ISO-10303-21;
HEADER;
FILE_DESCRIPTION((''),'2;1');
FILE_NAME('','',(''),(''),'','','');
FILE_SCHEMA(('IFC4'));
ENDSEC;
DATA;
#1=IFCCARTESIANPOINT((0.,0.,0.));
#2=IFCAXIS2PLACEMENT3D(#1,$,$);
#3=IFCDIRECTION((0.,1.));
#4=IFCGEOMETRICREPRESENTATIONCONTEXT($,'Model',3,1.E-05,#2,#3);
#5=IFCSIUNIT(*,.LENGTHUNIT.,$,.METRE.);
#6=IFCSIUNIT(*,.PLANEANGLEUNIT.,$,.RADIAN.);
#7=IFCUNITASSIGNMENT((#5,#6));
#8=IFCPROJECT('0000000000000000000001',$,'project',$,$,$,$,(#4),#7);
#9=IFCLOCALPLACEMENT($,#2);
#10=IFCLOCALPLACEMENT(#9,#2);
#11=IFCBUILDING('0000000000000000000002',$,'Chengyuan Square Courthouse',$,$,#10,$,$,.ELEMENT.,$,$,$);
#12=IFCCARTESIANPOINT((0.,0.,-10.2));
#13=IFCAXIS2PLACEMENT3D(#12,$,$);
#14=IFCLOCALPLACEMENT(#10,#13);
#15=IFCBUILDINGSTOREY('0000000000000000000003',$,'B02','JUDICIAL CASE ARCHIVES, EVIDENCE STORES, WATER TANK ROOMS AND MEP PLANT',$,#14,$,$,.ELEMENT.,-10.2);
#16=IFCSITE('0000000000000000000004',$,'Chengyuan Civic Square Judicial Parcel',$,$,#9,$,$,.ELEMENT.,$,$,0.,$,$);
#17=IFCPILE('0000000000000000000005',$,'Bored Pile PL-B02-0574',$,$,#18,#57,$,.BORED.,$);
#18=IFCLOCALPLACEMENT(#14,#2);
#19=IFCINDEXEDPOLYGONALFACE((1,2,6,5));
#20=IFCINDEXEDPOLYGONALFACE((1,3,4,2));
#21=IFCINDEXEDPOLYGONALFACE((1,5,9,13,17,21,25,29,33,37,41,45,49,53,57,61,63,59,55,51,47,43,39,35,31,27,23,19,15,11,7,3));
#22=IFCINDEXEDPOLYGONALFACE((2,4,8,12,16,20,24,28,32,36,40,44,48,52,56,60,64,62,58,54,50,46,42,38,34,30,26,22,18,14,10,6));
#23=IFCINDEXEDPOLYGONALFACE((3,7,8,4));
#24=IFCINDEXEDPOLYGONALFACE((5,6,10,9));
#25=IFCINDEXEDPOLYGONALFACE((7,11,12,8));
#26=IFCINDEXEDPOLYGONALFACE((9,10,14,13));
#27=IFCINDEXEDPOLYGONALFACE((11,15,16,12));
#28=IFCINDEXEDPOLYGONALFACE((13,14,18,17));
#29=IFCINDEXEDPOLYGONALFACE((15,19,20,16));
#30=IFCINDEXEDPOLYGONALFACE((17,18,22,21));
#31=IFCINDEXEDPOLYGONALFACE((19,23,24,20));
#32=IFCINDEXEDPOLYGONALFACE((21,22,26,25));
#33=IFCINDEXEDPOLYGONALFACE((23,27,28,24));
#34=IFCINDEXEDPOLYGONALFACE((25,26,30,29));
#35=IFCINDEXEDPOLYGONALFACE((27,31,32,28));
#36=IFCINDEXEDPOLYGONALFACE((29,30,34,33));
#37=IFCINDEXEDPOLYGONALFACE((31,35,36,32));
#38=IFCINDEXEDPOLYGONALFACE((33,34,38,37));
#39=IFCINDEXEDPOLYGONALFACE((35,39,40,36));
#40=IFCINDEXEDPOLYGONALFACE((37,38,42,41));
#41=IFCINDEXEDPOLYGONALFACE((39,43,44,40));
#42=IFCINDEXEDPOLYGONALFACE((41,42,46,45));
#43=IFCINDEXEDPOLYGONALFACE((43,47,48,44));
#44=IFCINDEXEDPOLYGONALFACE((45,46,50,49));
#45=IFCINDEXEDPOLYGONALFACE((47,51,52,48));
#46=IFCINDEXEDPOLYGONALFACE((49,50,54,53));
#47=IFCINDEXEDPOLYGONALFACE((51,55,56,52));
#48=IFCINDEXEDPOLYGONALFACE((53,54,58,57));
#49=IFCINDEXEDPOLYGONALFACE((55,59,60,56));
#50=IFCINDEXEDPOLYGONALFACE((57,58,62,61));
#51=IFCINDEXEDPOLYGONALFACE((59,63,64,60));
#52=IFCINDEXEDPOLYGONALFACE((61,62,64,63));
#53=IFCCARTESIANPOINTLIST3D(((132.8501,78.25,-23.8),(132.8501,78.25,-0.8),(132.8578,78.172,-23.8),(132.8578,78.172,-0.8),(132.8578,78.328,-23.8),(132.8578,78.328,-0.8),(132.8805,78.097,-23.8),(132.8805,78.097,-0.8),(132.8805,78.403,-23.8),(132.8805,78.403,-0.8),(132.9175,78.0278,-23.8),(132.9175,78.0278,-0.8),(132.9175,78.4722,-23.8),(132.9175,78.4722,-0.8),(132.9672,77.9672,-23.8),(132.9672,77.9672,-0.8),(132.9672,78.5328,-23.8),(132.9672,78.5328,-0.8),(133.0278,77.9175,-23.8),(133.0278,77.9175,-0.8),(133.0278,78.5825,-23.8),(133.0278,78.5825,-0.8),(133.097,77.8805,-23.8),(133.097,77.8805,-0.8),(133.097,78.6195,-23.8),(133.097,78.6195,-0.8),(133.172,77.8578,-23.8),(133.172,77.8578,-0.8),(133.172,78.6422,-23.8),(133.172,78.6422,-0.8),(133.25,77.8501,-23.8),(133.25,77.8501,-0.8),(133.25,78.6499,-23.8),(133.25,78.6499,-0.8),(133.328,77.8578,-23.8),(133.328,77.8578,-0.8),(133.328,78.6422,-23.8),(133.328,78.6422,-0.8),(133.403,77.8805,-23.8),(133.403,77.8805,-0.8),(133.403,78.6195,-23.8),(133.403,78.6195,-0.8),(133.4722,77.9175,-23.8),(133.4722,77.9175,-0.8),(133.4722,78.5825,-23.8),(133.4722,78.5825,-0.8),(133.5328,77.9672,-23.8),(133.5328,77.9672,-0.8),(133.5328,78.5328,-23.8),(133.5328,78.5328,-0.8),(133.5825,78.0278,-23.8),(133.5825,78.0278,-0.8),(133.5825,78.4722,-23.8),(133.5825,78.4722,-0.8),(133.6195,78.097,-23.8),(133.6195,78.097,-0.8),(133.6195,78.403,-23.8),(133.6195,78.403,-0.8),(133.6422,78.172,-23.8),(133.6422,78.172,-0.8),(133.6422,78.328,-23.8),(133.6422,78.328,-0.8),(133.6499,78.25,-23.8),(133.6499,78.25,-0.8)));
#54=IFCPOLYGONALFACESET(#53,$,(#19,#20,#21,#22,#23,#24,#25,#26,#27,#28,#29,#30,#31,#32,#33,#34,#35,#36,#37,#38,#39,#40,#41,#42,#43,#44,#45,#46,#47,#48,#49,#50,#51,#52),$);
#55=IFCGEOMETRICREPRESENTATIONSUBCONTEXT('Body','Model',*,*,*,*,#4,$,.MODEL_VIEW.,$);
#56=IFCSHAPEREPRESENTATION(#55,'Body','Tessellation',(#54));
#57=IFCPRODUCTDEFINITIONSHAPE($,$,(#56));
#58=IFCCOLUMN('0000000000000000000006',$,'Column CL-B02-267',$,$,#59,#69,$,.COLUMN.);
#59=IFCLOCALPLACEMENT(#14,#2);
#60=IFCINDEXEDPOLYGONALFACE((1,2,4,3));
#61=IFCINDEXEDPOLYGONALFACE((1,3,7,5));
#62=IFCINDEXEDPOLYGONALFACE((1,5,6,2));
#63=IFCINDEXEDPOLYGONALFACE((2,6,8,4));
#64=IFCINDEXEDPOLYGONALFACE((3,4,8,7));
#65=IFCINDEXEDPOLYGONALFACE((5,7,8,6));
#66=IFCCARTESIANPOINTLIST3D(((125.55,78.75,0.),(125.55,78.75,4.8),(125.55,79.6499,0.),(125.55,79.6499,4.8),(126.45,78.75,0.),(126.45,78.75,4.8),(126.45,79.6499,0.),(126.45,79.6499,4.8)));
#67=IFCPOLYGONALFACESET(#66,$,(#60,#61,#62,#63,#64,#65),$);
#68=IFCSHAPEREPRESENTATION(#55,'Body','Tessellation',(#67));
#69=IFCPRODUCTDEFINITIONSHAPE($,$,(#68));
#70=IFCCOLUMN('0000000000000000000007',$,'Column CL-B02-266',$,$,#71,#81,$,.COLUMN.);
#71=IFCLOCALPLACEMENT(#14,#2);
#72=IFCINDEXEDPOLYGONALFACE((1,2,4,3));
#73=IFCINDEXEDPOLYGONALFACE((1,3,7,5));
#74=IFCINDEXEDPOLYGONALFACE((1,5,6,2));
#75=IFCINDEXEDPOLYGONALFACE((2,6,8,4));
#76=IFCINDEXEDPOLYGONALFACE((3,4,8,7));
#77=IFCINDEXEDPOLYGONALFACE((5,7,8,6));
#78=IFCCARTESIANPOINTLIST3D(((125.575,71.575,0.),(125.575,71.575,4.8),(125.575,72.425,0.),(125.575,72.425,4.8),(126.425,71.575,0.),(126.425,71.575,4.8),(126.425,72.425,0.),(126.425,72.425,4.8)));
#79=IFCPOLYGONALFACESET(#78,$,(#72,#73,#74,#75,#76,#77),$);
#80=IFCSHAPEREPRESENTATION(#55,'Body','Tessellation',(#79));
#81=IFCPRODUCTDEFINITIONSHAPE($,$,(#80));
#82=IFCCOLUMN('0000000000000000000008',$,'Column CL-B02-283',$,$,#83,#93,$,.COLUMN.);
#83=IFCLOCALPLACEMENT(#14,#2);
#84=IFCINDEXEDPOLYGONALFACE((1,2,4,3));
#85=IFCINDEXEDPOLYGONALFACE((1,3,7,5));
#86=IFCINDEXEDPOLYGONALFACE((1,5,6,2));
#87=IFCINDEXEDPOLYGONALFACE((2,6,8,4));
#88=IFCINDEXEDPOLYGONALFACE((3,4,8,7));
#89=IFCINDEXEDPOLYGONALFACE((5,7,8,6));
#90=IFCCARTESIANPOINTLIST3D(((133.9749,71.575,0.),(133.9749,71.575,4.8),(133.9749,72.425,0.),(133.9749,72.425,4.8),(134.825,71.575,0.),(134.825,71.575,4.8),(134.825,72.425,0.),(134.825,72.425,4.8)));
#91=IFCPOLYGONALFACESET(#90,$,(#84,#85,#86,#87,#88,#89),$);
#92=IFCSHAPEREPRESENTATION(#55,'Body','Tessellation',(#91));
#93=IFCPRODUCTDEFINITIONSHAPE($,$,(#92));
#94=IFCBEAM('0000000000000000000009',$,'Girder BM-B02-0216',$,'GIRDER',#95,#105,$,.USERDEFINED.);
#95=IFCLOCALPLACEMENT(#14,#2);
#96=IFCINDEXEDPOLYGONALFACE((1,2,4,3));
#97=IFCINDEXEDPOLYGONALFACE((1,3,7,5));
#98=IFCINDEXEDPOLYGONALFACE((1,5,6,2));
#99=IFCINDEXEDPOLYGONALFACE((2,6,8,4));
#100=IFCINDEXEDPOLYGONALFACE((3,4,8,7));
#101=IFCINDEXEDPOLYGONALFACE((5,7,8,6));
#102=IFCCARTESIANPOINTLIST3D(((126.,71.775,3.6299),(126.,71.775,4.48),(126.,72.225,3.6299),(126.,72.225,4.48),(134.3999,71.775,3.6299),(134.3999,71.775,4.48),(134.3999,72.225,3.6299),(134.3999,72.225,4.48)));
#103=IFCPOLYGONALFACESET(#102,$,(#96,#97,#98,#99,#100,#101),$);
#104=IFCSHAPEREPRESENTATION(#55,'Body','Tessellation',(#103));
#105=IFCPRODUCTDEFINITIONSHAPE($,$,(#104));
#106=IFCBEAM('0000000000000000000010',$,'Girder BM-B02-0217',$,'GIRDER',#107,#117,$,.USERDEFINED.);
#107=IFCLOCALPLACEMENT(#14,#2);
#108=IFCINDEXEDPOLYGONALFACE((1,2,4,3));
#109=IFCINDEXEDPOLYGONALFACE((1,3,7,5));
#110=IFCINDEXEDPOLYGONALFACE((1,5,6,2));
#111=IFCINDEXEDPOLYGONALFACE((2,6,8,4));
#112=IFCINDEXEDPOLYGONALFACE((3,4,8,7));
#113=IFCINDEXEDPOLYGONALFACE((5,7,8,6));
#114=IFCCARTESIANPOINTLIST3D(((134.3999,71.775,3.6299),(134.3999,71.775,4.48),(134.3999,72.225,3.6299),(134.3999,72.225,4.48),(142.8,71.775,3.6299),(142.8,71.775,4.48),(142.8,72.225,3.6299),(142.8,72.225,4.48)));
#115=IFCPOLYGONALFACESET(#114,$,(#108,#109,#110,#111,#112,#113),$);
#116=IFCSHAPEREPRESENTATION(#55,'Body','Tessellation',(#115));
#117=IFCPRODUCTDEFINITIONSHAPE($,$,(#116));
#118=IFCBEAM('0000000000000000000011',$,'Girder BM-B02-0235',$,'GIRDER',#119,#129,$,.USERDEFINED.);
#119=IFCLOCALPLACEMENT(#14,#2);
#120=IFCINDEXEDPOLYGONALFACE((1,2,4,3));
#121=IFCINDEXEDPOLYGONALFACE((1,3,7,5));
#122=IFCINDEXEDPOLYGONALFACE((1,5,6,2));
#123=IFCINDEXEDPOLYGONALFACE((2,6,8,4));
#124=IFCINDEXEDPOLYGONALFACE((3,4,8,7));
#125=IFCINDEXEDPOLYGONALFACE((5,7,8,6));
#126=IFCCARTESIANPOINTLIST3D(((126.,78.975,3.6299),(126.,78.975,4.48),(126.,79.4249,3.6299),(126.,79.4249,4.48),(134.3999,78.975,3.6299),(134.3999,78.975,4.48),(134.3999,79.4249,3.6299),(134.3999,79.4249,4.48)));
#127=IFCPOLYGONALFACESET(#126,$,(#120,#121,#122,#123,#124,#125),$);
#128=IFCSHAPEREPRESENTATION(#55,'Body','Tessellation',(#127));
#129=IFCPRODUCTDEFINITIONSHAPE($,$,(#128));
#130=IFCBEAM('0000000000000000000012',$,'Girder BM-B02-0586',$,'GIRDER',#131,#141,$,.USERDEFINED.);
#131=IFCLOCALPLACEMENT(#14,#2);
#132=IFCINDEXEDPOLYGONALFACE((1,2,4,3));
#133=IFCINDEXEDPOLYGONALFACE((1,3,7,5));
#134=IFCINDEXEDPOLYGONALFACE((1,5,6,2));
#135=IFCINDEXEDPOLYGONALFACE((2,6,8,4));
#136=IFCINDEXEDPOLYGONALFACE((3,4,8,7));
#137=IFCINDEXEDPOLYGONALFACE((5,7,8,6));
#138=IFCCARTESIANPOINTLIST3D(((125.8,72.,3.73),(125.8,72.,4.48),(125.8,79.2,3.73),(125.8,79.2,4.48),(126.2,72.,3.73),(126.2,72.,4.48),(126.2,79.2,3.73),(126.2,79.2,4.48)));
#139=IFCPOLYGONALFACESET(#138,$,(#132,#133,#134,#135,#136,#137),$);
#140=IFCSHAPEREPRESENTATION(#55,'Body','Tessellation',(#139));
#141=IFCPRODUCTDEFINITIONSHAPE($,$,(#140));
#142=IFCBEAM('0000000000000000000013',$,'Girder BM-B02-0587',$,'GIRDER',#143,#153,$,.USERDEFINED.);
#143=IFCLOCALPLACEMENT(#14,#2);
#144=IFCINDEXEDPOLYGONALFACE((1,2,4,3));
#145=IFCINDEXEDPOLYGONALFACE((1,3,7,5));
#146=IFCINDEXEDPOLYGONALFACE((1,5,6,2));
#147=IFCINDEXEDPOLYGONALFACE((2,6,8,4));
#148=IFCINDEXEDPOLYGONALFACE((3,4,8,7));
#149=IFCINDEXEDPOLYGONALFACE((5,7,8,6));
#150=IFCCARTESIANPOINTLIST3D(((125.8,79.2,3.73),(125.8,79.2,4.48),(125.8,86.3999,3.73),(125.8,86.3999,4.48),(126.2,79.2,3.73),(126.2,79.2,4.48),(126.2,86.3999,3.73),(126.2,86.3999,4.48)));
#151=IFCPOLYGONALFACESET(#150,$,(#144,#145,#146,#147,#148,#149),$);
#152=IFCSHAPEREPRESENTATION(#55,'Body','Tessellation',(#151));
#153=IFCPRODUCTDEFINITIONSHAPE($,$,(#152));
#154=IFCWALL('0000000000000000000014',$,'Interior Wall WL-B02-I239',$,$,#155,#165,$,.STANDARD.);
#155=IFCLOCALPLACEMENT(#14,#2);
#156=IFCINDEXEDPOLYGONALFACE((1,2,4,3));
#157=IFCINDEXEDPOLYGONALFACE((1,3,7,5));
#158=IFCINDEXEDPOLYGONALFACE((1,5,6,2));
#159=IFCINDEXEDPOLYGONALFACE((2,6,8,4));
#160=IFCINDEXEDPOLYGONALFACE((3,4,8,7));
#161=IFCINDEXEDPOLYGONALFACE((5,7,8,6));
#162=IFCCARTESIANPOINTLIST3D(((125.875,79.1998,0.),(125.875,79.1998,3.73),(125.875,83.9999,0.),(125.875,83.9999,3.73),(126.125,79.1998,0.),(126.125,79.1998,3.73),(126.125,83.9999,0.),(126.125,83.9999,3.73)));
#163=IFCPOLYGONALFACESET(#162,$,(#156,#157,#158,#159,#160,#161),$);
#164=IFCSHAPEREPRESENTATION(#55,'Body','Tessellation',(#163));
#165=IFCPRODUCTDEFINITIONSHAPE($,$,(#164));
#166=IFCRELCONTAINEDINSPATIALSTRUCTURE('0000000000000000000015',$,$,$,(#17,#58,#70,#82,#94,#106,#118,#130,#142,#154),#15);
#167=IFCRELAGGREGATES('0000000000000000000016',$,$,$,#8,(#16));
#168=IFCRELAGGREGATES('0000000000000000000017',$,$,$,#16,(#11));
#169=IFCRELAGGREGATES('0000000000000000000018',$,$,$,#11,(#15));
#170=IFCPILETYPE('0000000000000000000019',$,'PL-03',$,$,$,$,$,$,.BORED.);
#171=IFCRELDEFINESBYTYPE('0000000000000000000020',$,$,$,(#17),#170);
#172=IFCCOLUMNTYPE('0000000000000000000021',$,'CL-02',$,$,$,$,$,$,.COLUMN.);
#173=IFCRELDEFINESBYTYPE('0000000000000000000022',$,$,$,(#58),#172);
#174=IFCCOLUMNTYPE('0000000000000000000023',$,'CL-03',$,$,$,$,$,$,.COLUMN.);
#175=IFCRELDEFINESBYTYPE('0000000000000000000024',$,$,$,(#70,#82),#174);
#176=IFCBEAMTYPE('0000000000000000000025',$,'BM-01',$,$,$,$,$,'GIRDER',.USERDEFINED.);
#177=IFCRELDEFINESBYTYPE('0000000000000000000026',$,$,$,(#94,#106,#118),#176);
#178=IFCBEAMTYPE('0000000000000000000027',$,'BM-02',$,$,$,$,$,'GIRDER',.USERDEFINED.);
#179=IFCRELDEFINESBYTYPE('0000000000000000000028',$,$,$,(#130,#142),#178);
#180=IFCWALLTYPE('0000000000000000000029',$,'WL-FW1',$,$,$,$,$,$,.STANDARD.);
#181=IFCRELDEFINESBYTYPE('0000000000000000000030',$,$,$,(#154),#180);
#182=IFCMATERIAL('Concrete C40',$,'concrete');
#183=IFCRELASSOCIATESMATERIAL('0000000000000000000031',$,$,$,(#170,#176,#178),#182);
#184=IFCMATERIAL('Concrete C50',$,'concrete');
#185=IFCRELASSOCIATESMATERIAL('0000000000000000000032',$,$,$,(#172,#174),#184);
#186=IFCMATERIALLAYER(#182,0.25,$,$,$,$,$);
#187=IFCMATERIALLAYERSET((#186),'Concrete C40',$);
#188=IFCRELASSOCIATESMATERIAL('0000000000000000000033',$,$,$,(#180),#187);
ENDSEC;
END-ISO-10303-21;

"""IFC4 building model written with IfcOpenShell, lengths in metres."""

from ifc_helpers import new_model, si_unit, direction, frame, frame_2d, origin, origin_2d, place, context, subcontext, project, spatial, rectangle, circle, extrude, material, layer, layer_set, material_profile, profile_set, type_object, element, save


model = new_model("IFC4")

# Units and contexts
model_context = context("Model", 3, precision=1e-05, world=origin(), true_north=direction((0.0, 1.0)))
body_context = subcontext(model_context, "Body", "Model", "MODEL_VIEW")
ifc_project = project(units=[si_unit("LENGTHUNIT", "METRE"), si_unit("PLANEANGLEUNIT", "RADIAN")], contexts=[model_context])

# Site, building, storey
site_placement = place(None, origin())
site = spatial("IfcSite", under=ifc_project, at=site_placement, Name="Chengyuan Civic Square Judicial Parcel", CompositionType="ELEMENT", RefElevation=0.0)
building_placement = place(site_placement, origin())
building = spatial("IfcBuilding", under=site, at=building_placement, Name="Chengyuan Square Courthouse", CompositionType="ELEMENT")
storey_placement = place(building_placement, frame((0.0, 0.0, -10.2)))
storey = spatial("IfcBuildingStorey", under=building, at=storey_placement, Name="B02", Description="JUDICIAL CASE ARCHIVES, EVIDENCE STORES, WATER TANK ROOMS AND MEP PLANT", CompositionType="ELEMENT", Elevation=-10.2)

# Shared definitions
ifc_material_1 = material(Name="Concrete C40", Category="concrete")

# Pile
ifc_material_profile_1 = material_profile(ifc_material_1, circle(Radius=0.3999, at=origin_2d()), Name="BORED PILE D800")
ifc_profile_set_1 = profile_set([ifc_material_profile_1], Name="Concrete C40")
pile_type_1 = type_object("IfcPileType", Name="PL-03", PredefinedType="BORED", material=ifc_profile_set_1)
for number, where, z_axis, x_axis, name in (
    (1, (133.25, 78.25, -0.8), (0.0, 0.0, -1.0), (1.0, 0.0, 0.0), "Bored Pile PL-B02-0574"),
):
    element("IfcPile", number, at=place(storey_placement, frame(where, z_axis=z_axis, x_axis=x_axis)), inside=storey, type_object=pile_type_1, Name=name, PredefinedType="BORED", context=body_context, shape_type="SweptSolid", body=[
        extrude(circle(Radius=0.3999, at=origin_2d()), origin(), (0.0, 0.0, 1.0), 23.0),
    ])

# Columns
ifc_material_2 = material(Name="Concrete C50", Category="concrete")
ifc_material_profile_2 = material_profile(ifc_material_2, rectangle(XDim=0.8999, YDim=0.8999, at=origin_2d()), Name="RC-COL-900x900")
ifc_profile_set_2 = profile_set([ifc_material_profile_2], Name="Concrete C50")
column_type_1 = type_object("IfcColumnType", Name="CL-02", PredefinedType="COLUMN", material=ifc_profile_set_2)
column_placement = place(storey_placement, frame((126.0, 79.2, 0.0), z_axis=(0.0, 0.0, 1.0), x_axis=(1.0, 0.0, 0.0)))
element("IfcColumn", 2, at=column_placement, inside=storey, type_object=column_type_1, Name="Column CL-B02-267", PredefinedType="COLUMN", context=body_context, shape_type="SweptSolid", body=[
    extrude(rectangle(XDim=0.8999, YDim=0.8999, at=origin_2d()), origin(), (0.0, 0.0, 1.0), 4.8),
])
ifc_material_profile_3 = material_profile(ifc_material_2, rectangle(XDim=0.8501, YDim=0.8501, at=origin_2d()), Name="RC-COL-850x850")
ifc_profile_set_3 = profile_set([ifc_material_profile_3], Name="Concrete C50")
column_type_2 = type_object("IfcColumnType", Name="CL-03", PredefinedType="COLUMN", material=ifc_profile_set_3)
for number, where, z_axis, x_axis, name in (
    (3, (126.0, 72.0, 0.0), (0.0, 0.0, 1.0), (1.0, 0.0, 0.0), "Column CL-B02-266"),
    (4, (134.3999, 72.0, 0.0), (0.0, 0.0, 1.0), (1.0, 0.0, 0.0), "Column CL-B02-283"),
):
    element("IfcColumn", number, at=place(storey_placement, frame(where, z_axis=z_axis, x_axis=x_axis)), inside=storey, type_object=column_type_2, Name=name, PredefinedType="COLUMN", context=body_context, shape_type="SweptSolid", body=[
        extrude(rectangle(XDim=0.8501, YDim=0.8501, at=origin_2d()), origin(), (0.0, 0.0, 1.0), 4.8),
    ])

# Beams
ifc_material_profile_4 = material_profile(ifc_material_1, rectangle(XDim=0.45, YDim=0.8501, at=origin_2d()), Name="RC-BM-450x850")
ifc_profile_set_4 = profile_set([ifc_material_profile_4], Name="Concrete C40")
beam_type_1 = type_object("IfcBeamType", Name="BM-01", ElementType="GIRDER", PredefinedType="USERDEFINED", material=ifc_profile_set_4)
beam_1_placement = place(storey_placement, frame((126.0, 72.0, 4.0549), z_axis=(1.0, 0.0, 0.0), x_axis=(0.0, 1.0, 0.0)))
element("IfcBeam", 5, at=beam_1_placement, inside=storey, type_object=beam_type_1, Name="Girder BM-B02-0216", ObjectType="GIRDER", PredefinedType="USERDEFINED", context=body_context, shape_type="SweptSolid", body=[
    extrude(rectangle(XDim=0.45, YDim=0.8501, at=origin_2d()), origin(), (0.0, 0.0, 1.0), 8.3999),
])
beam_2_placement = place(storey_placement, frame((134.3999, 72.0, 4.0549), z_axis=(1.0, 0.0, 0.0), x_axis=(0.0, 1.0, 0.0)))
element("IfcBeam", 6, at=beam_2_placement, inside=storey, type_object=beam_type_1, Name="Girder BM-B02-0217", ObjectType="GIRDER", PredefinedType="USERDEFINED", context=body_context, shape_type="SweptSolid", body=[
    extrude(rectangle(XDim=0.45, YDim=0.8501, at=origin_2d()), origin(), (0.0, 0.0, 1.0), 8.4001),
])
beam_3_placement = place(storey_placement, frame((126.0, 79.2, 4.0549), z_axis=(1.0, 0.0, 0.0), x_axis=(0.0, 1.0, 0.0)))
element("IfcBeam", 7, at=beam_3_placement, inside=storey, type_object=beam_type_1, Name="Girder BM-B02-0235", ObjectType="GIRDER", PredefinedType="USERDEFINED", context=body_context, shape_type="SweptSolid", body=[
    extrude(rectangle(XDim=0.45, YDim=0.8501, at=origin_2d()), origin(), (0.0, 0.0, 1.0), 8.3999),
])
ifc_material_profile_5 = material_profile(ifc_material_1, rectangle(XDim=0.3999, YDim=0.75, at=origin_2d()), Name="RC-BM-400x750")
ifc_profile_set_5 = profile_set([ifc_material_profile_5], Name="Concrete C40")
beam_type_2 = type_object("IfcBeamType", Name="BM-02", ElementType="GIRDER", PredefinedType="USERDEFINED", material=ifc_profile_set_5)
for number, where, z_axis, x_axis, name in (
    (8, (126.0, 72.0, 4.105), (0.0, 1.0, 0.0), (-1.0, 0.0, 0.0), "Girder BM-B02-0586"),
    (9, (126.0, 79.2, 4.105), (0.0, 1.0, 0.0), (-1.0, 0.0, 0.0), "Girder BM-B02-0587"),
):
    element("IfcBeam", number, at=place(storey_placement, frame(where, z_axis=z_axis, x_axis=x_axis)), inside=storey, type_object=beam_type_2, Name=name, ObjectType="GIRDER", PredefinedType="USERDEFINED", context=body_context, shape_type="SweptSolid", body=[
        extrude(rectangle(XDim=0.3999, YDim=0.75, at=origin_2d()), origin(), (0.0, 0.0, 1.0), 7.2),
    ])

# Wall
ifc_layer = layer(ifc_material_1, 0.25)
ifc_layer_set = layer_set([ifc_layer], Name="Concrete C40")
wall_type = type_object("IfcWallType", Name="WL-FW1", PredefinedType="STANDARD", material=ifc_layer_set)
wall_placement = place(storey_placement, frame((126.0, 79.2, 0.0), z_axis=(0.0, 0.0, 1.0), x_axis=(0.0, 1.0, 0.0)))
element("IfcWall", 10, at=wall_placement, inside=storey, type_object=wall_type, Name="Interior Wall WL-B02-I239", PredefinedType="STANDARD", context=body_context, shape_type="SweptSolid", body=[
    extrude(rectangle(XDim=4.8, YDim=0.25, at=frame_2d((2.3999, 0.0))), origin(), (0.0, 0.0, 1.0), 3.73),
])

save(model, "model.ifc")
